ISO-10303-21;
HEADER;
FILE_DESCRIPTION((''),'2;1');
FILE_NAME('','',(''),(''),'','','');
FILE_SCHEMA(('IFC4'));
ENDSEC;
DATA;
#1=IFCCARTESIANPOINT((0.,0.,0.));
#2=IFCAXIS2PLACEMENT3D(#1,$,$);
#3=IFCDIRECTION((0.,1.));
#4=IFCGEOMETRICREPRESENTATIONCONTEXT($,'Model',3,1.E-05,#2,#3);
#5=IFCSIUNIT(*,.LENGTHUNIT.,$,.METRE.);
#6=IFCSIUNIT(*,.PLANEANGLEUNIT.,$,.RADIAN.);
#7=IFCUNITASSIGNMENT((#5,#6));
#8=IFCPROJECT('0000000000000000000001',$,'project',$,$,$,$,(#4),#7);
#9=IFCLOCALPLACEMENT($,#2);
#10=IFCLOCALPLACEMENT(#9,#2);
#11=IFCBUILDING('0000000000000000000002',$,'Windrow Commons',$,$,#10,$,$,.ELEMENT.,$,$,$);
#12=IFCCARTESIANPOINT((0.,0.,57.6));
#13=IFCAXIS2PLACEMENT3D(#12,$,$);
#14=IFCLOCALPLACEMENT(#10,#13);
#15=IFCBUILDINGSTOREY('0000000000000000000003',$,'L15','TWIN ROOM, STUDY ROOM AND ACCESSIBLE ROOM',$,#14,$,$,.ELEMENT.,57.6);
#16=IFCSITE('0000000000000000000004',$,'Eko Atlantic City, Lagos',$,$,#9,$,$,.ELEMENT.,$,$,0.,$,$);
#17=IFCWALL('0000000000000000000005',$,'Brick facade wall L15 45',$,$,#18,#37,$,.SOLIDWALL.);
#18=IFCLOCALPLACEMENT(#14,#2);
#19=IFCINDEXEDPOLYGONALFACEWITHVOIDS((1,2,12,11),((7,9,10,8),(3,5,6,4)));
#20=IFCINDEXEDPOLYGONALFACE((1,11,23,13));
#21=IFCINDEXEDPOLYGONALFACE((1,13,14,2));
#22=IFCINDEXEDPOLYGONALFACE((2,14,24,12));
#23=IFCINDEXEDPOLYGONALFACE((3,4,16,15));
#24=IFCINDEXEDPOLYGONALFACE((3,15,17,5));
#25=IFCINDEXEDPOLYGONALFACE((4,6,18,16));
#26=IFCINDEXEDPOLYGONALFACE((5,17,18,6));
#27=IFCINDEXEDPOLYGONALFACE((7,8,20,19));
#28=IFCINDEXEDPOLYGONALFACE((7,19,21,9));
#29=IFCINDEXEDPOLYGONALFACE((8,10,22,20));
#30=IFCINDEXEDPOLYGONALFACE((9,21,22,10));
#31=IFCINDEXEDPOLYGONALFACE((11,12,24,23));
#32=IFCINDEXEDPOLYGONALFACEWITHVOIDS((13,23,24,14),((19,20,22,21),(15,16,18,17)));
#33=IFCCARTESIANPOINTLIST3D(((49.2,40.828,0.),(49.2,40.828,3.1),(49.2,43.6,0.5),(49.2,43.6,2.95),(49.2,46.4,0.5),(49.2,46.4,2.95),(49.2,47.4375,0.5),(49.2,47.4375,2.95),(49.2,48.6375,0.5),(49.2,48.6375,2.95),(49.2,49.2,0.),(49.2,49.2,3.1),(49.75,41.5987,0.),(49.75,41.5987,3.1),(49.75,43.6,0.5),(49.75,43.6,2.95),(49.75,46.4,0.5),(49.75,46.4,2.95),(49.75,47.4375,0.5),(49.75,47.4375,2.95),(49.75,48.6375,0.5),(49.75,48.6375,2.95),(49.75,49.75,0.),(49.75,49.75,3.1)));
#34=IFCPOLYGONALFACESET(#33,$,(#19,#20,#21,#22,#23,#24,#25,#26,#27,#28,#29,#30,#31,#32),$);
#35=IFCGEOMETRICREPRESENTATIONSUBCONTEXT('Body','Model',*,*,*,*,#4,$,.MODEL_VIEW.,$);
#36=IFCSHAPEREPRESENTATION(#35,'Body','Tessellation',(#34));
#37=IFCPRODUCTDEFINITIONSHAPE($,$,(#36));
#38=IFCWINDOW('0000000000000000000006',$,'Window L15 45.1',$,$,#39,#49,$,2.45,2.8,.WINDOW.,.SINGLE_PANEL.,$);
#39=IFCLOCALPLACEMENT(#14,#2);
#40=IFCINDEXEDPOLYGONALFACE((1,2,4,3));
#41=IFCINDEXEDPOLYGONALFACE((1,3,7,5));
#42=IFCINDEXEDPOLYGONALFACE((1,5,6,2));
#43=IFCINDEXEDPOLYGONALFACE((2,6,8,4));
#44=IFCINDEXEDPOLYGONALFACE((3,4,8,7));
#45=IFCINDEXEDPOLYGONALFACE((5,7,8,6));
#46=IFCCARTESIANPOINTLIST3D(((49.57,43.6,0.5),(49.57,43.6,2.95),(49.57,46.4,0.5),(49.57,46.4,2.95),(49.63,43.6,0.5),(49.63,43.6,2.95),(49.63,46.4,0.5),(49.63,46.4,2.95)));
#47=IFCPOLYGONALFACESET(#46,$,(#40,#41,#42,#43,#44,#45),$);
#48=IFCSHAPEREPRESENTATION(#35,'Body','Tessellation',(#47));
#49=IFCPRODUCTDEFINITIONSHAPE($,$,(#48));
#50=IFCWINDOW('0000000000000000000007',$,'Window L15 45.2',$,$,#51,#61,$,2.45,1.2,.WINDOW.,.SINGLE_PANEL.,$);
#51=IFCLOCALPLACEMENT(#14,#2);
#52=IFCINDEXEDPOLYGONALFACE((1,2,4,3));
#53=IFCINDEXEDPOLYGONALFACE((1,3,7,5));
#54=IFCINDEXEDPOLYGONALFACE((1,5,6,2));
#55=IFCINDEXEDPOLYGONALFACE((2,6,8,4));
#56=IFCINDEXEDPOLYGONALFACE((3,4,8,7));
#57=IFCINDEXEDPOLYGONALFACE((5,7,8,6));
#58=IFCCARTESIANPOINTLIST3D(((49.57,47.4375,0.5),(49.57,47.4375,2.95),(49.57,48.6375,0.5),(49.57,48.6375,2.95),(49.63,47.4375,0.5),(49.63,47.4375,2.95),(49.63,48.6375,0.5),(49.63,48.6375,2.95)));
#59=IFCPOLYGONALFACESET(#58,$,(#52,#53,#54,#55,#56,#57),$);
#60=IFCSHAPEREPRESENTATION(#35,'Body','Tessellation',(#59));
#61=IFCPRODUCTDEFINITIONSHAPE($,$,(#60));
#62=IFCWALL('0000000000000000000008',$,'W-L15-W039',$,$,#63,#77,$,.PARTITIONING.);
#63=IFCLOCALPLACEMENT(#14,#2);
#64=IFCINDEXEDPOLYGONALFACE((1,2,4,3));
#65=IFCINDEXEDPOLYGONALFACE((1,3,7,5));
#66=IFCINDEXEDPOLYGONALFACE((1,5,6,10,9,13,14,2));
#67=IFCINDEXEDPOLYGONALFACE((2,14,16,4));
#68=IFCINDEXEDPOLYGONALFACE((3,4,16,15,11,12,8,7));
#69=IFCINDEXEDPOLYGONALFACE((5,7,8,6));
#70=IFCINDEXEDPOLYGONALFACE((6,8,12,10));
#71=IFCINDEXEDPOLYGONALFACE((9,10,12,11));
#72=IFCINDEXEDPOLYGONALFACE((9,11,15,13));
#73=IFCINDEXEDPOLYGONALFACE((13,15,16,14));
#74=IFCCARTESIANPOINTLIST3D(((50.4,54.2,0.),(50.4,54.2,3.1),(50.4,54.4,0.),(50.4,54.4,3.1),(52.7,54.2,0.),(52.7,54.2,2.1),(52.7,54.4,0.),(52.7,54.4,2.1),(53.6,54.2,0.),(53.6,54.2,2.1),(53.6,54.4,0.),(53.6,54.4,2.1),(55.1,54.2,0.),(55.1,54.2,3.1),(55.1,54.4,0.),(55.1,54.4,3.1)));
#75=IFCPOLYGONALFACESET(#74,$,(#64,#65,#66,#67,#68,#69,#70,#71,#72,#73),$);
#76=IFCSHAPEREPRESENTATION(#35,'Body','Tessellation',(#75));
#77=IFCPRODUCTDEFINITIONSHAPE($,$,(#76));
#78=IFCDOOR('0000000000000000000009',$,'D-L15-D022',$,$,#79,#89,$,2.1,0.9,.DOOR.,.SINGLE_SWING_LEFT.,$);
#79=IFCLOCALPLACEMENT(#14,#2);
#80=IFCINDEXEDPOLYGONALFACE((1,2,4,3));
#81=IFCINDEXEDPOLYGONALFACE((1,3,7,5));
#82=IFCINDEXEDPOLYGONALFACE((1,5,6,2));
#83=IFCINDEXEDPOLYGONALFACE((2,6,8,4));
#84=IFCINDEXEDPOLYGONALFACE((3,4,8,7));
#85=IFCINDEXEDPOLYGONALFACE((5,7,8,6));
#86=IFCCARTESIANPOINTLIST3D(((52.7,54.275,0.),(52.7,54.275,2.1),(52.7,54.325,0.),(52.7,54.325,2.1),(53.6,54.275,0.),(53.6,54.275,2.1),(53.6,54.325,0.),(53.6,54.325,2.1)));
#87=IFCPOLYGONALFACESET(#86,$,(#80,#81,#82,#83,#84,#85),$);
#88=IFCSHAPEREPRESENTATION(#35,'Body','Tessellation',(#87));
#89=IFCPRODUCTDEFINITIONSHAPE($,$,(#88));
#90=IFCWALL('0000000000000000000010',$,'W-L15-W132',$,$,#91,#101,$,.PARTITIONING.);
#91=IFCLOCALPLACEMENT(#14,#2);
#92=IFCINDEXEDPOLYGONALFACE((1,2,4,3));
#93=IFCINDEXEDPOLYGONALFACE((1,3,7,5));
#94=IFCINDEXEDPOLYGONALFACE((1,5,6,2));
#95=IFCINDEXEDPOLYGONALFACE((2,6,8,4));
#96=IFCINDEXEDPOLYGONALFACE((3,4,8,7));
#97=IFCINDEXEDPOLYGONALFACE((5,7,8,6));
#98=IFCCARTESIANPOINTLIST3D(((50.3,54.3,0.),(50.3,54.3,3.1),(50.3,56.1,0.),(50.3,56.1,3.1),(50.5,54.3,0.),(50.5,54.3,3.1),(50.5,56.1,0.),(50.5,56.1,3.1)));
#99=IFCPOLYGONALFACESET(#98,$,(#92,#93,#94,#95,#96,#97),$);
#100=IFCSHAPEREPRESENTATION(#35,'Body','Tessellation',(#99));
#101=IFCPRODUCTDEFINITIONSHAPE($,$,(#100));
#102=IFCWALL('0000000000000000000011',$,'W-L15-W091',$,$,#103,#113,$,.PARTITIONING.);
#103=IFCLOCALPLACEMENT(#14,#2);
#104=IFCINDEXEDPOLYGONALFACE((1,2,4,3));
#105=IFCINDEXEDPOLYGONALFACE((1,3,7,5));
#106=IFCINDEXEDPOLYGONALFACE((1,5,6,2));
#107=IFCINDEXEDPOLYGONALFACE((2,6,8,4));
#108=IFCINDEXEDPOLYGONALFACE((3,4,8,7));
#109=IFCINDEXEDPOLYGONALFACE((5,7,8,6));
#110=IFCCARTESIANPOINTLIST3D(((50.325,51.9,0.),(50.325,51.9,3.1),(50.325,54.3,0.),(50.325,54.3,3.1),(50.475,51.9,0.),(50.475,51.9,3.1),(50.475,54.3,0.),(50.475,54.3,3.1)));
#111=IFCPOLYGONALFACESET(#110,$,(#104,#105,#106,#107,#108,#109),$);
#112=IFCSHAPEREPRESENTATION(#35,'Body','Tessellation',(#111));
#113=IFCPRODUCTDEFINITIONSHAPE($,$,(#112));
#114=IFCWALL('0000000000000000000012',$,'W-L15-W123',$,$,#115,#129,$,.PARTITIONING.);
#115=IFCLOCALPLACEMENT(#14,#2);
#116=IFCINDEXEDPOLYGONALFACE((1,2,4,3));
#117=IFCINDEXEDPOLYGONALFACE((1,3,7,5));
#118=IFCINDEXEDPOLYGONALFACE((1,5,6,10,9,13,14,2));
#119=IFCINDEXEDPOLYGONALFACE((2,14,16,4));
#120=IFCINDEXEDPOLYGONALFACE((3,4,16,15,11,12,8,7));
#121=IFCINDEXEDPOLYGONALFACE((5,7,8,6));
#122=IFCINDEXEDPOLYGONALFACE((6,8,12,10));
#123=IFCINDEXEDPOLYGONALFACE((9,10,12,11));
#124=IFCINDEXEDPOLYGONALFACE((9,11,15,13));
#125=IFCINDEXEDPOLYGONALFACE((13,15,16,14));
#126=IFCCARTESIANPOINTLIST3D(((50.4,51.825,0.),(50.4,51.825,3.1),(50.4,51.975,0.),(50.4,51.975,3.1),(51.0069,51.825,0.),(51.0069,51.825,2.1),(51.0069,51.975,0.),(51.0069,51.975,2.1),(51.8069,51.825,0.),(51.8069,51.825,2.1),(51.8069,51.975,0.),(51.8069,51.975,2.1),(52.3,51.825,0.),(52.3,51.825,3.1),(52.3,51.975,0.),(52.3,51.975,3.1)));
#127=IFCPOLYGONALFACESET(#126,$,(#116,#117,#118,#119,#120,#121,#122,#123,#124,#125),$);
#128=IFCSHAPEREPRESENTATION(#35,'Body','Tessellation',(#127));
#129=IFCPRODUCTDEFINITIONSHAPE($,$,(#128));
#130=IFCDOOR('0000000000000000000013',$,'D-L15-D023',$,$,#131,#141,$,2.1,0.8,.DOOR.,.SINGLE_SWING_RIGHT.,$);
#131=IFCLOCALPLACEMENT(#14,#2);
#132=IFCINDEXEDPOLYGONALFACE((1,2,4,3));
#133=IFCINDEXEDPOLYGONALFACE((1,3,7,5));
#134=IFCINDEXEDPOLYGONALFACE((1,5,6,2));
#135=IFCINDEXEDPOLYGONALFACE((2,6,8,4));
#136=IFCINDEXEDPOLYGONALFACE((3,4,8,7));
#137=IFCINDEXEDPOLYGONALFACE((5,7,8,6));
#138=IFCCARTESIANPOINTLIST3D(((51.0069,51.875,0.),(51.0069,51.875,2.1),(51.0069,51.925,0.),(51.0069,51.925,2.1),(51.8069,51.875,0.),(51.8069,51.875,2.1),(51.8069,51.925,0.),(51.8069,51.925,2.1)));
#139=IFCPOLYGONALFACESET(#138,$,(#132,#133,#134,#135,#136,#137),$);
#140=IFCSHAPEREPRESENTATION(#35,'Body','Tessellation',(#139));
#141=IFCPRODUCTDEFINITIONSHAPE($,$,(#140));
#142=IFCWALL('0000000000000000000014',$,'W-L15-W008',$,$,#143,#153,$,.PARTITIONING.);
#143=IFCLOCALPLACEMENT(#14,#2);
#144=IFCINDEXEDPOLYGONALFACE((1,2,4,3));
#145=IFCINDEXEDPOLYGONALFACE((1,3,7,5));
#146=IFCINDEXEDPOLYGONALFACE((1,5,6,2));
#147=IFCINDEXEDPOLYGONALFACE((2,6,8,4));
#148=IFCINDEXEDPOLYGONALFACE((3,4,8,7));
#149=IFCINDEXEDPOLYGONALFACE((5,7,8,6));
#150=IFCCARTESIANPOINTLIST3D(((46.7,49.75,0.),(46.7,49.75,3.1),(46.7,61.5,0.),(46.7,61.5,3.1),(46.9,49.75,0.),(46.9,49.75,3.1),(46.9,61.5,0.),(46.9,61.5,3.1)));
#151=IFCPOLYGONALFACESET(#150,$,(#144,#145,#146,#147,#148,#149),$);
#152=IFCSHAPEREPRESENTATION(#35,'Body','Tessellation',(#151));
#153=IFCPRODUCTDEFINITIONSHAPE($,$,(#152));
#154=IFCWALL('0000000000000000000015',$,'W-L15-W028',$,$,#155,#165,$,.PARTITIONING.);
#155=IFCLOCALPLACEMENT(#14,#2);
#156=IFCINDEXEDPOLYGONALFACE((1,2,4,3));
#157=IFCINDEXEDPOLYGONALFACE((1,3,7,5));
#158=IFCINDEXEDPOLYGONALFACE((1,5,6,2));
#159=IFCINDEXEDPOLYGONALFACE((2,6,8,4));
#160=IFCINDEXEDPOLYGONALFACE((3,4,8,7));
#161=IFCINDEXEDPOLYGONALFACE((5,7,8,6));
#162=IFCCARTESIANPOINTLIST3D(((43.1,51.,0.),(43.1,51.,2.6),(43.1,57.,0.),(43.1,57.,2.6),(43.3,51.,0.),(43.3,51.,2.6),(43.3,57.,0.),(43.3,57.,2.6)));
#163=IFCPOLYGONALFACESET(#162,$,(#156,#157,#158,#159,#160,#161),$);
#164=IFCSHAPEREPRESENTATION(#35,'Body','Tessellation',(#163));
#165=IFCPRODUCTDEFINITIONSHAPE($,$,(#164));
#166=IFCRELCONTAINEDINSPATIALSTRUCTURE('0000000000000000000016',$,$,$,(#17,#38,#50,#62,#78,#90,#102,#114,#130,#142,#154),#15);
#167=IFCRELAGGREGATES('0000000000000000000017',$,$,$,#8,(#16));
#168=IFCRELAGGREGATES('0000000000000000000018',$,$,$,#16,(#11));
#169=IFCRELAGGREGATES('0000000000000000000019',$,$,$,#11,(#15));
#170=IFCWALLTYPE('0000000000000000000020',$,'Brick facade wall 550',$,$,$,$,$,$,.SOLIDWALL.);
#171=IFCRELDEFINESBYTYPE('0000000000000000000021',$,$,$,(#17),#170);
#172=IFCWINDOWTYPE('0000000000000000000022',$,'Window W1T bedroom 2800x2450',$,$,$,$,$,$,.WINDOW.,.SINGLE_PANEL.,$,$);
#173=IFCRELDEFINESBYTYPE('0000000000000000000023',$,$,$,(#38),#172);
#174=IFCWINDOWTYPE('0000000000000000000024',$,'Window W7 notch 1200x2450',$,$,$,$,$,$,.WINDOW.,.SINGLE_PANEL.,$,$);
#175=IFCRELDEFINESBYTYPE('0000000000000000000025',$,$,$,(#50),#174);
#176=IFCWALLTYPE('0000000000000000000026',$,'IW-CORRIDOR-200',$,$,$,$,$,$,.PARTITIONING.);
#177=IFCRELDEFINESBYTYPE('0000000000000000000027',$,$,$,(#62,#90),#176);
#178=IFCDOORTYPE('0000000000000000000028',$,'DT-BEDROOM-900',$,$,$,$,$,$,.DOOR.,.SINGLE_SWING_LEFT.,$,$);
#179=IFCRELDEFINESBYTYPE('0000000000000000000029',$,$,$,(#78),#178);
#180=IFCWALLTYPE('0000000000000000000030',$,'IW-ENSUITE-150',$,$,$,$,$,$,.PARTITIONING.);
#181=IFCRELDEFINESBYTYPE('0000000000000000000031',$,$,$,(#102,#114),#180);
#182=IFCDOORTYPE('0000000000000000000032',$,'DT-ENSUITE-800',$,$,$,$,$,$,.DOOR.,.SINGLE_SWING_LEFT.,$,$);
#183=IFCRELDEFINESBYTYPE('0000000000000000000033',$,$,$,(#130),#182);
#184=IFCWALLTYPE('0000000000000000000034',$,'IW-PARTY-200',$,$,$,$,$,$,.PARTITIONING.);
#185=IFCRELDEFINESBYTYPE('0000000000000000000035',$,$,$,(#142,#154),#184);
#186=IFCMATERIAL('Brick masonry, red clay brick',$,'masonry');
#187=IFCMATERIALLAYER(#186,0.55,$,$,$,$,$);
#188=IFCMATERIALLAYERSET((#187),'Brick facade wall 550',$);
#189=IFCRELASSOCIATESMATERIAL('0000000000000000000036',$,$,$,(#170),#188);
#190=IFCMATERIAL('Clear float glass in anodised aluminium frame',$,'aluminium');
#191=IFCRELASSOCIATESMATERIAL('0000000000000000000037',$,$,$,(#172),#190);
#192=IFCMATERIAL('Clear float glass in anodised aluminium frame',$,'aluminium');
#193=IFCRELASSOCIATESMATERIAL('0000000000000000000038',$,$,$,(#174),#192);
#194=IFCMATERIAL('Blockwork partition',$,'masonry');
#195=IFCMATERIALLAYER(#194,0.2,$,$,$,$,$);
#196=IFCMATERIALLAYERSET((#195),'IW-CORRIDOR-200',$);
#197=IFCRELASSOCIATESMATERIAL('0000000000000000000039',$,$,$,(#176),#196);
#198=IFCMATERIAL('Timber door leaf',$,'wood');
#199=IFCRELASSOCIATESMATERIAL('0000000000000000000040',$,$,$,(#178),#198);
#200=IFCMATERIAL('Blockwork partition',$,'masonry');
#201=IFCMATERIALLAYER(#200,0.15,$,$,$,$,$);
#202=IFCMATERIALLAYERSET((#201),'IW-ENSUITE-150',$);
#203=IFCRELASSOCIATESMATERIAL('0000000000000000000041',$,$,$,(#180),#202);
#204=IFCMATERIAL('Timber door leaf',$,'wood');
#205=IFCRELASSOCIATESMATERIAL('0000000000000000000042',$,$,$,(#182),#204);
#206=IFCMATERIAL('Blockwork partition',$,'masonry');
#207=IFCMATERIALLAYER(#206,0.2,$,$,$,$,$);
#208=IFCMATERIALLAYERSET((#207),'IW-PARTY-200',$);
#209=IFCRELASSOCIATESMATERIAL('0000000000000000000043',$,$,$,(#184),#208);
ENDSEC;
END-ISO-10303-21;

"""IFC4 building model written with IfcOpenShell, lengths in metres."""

from ifc_helpers import new_model, si_unit, direction, frame, frame_2d, origin, place, context, subcontext, project, spatial, polyline, rectangle, outline, extrude, material, layer, layer_set, type_object, element, fill, save


model = new_model("IFC4")

# Units and contexts
model_context = context("Model", 3, precision=1e-05, world=origin(), true_north=direction((0.0, 1.0)))
body_context = subcontext(model_context, "Body", "Model", "MODEL_VIEW")
ifc_project = project(units=[si_unit("LENGTHUNIT", "METRE"), si_unit("PLANEANGLEUNIT", "RADIAN")], contexts=[model_context])

# Site, building, storey
site_placement = place(None, origin())
site = spatial("IfcSite", under=ifc_project, at=site_placement, Name="Eko Atlantic City, Lagos", CompositionType="ELEMENT", RefElevation=0.0)
building_placement = place(site_placement, origin())
building = spatial("IfcBuilding", under=site, at=building_placement, Name="Windrow Commons", CompositionType="ELEMENT")
storey_placement = place(building_placement, frame((0.0, 0.0, 57.6)))
storey = spatial("IfcBuildingStorey", under=building, at=storey_placement, Name="L15", Description="TWIN ROOM, STUDY ROOM AND ACCESSIBLE ROOM", CompositionType="ELEMENT", Elevation=57.6)

# Wall, openings, windows
ifc_material_1 = material(Name="Brick masonry, red clay brick", Category="masonry")
ifc_layer_1 = layer(ifc_material_1, 0.55)
ifc_layer_set_1 = layer_set([ifc_layer_1], Name="Brick facade wall 550")
wall_type_1 = type_object("IfcWallType", Name="Brick facade wall 550", PredefinedType="SOLIDWALL", material=ifc_layer_set_1)
ifc_material_2 = material(Name="Clear float glass in anodised aluminium frame", Category="aluminium")
window_type_1 = type_object("IfcWindowType", Name="Window W1T bedroom 2800x2450", PartitioningType="SINGLE_PANEL", PredefinedType="WINDOW", material=ifc_material_2)
ifc_material_3 = material(Name="Clear float glass in anodised aluminium frame", Category="aluminium")
window_type_2 = type_object("IfcWindowType", Name="Window W7 notch 1200x2450", PartitioningType="SINGLE_PANEL", PredefinedType="WINDOW", material=ifc_material_3)
wall_1_placement = place(storey_placement, frame((49.475, 49.475, 0.0), z_axis=(0.0, 0.0, 1.0), x_axis=(0.0, -1.0, 0.0)))
wall_1 = element("IfcWall", 1, at=wall_1_placement, inside=storey, type_object=wall_type_1, Name="Brick facade wall L15 45", PredefinedType="SOLIDWALL", context=body_context, shape_type="SweptSolid", body=[
    extrude(outline(polyline([(0.275, -0.275), (8.647, -0.275), (7.8763, 0.275), (-0.275, 0.275), (0.275, -0.275)])), origin(), (0.0, 0.0, 1.0), 3.1),
])
opening_1_placement = place(wall_1_placement, frame((3.075, 0.0, 0.5)))
opening_1 = element("IfcOpeningElement", 2, at=opening_1_placement, cuts=wall_1, PredefinedType="OPENING", context=body_context, shape_type="SweptSolid", body=[
    extrude(rectangle(XDim=2.8, YDim=2.45, at=frame_2d((1.4, 1.225))), frame((0.0, 0.285, 0.0), z_axis=(0.0, -1.0, 0.0), x_axis=(1.0, 0.0, 0.0)), (0.0, 0.0, 1.0), 0.57),
])
opening_2_placement = place(wall_1_placement, frame((0.8375, 0.0, 0.5)))
opening_2 = element("IfcOpeningElement", 3, at=opening_2_placement, cuts=wall_1, PredefinedType="OPENING", context=body_context, shape_type="SweptSolid", body=[
    extrude(rectangle(XDim=1.2, YDim=2.45, at=frame_2d((0.6, 1.225))), frame((0.0, 0.285, 0.0), z_axis=(0.0, -1.0, 0.0), x_axis=(1.0, 0.0, 0.0)), (0.0, 0.0, 1.0), 0.57),
])
window_1_placement = place(opening_1_placement, origin())
window_1 = element("IfcWindow", 4, at=window_1_placement, inside=storey, type_object=window_type_1, Name="Window L15 45.1", OverallHeight=2.45, OverallWidth=2.8, PartitioningType="SINGLE_PANEL", PredefinedType="WINDOW", context=body_context, shape_type="SweptSolid", body=[
    extrude(rectangle(XDim=2.8, YDim=2.45, at=frame_2d((1.4, 1.225))), frame((0.0, 0.155, 0.0), z_axis=(0.0, -1.0, 0.0), x_axis=(1.0, 0.0, 0.0)), (0.0, 0.0, 1.0), 0.06),
])
fill(opening_1, window_1)
window_2_placement = place(opening_2_placement, origin())
window_2 = element("IfcWindow", 5, at=window_2_placement, inside=storey, type_object=window_type_2, Name="Window L15 45.2", OverallHeight=2.45, OverallWidth=1.2, PartitioningType="SINGLE_PANEL", PredefinedType="WINDOW", context=body_context, shape_type="SweptSolid", body=[
    extrude(rectangle(XDim=1.2, YDim=2.45, at=frame_2d((0.6, 1.225))), frame((0.0, 0.155, 0.0), z_axis=(0.0, -1.0, 0.0), x_axis=(1.0, 0.0, 0.0)), (0.0, 0.0, 1.0), 0.06),
])
fill(opening_2, window_2)

# Wall, opening, door
ifc_material_4 = material(Name="Blockwork partition", Category="masonry")
ifc_layer_2 = layer(ifc_material_4, 0.2)
ifc_layer_set_2 = layer_set([ifc_layer_2], Name="IW-CORRIDOR-200")
wall_type_2 = type_object("IfcWallType", Name="IW-CORRIDOR-200", PredefinedType="PARTITIONING", material=ifc_layer_set_2)
wall_2_placement = place(storey_placement, frame((50.4, 54.3, 0.0), z_axis=(0.0, 0.0, 1.0), x_axis=(1.0, 0.0, 0.0)))
wall_2 = element("IfcWall", 6, at=wall_2_placement, inside=storey, type_object=wall_type_2, Name="W-L15-W039", PredefinedType="PARTITIONING", context=body_context, shape_type="SweptSolid", body=[
    extrude(rectangle(XDim=4.7, YDim=0.2, at=frame_2d((2.35, 0.0))), origin(), (0.0, 0.0, 1.0), 3.1),
])
opening_3_placement = place(wall_2_placement, frame((2.3, 0.0, 0.0)))
opening_3 = element("IfcOpeningElement", 7, at=opening_3_placement, cuts=wall_2, PredefinedType="OPENING", context=body_context, shape_type="SweptSolid", body=[
    extrude(rectangle(XDim=0.9, YDim=2.1, at=frame_2d((0.45, 1.05))), frame((0.0, 0.11, 0.0), z_axis=(0.0, -1.0, 0.0), x_axis=(1.0, 0.0, 0.0)), (0.0, 0.0, 1.0), 0.22),
])
ifc_material_5 = material(Name="Timber door leaf", Category="wood")
door_type_1 = type_object("IfcDoorType", Name="DT-BEDROOM-900", OperationType="SINGLE_SWING_LEFT", PredefinedType="DOOR", material=ifc_material_5)
door_1_placement = place(opening_3_placement, origin())
door_1 = element("IfcDoor", 8, at=door_1_placement, inside=storey, type_object=door_type_1, Name="D-L15-D022", OperationType="SINGLE_SWING_LEFT", OverallHeight=2.1, OverallWidth=0.9, PredefinedType="DOOR", context=body_context, shape_type="SweptSolid", body=[
    extrude(rectangle(XDim=0.9, YDim=2.1, at=frame_2d((0.45, 1.05))), frame((0.0, 0.025, 0.0), z_axis=(0.0, -1.0, 0.0), x_axis=(1.0, 0.0, 0.0)), (0.0, 0.0, 1.0), 0.05),
])
fill(opening_3, door_1)

# Walls
wall_3_placement = place(storey_placement, frame((50.4, 54.3, 0.0), z_axis=(0.0, 0.0, 1.0), x_axis=(0.0, 1.0, 0.0)))
element("IfcWall", 9, at=wall_3_placement, inside=storey, type_object=wall_type_2, Name="W-L15-W132", PredefinedType="PARTITIONING", context=body_context, shape_type="SweptSolid", body=[
    extrude(rectangle(XDim=1.8, YDim=0.2, at=frame_2d((0.9, 0.0))), origin(), (0.0, 0.0, 1.0), 3.1),
])
ifc_material_6 = material(Name="Blockwork partition", Category="masonry")
ifc_layer_3 = layer(ifc_material_6, 0.15)
ifc_layer_set_3 = layer_set([ifc_layer_3], Name="IW-ENSUITE-150")
wall_type_3 = type_object("IfcWallType", Name="IW-ENSUITE-150", PredefinedType="PARTITIONING", material=ifc_layer_set_3)
wall_4_placement = place(storey_placement, frame((50.4, 51.9, 0.0), z_axis=(0.0, 0.0, 1.0), x_axis=(0.0, 1.0, 0.0)))
element("IfcWall", 10, at=wall_4_placement, inside=storey, type_object=wall_type_3, Name="W-L15-W091", PredefinedType="PARTITIONING", context=body_context, shape_type="SweptSolid", body=[
    extrude(rectangle(XDim=2.4, YDim=0.15, at=frame_2d((1.2, 0.0))), origin(), (0.0, 0.0, 1.0), 3.1),
])

# Wall, opening, door
wall_5_placement = place(storey_placement, frame((50.4, 51.9, 0.0), z_axis=(0.0, 0.0, 1.0), x_axis=(1.0, 0.0, 0.0)))
wall_5 = element("IfcWall", 11, at=wall_5_placement, inside=storey, type_object=wall_type_3, Name="W-L15-W123", PredefinedType="PARTITIONING", context=body_context, shape_type="SweptSolid", body=[
    extrude(rectangle(XDim=1.9, YDim=0.15, at=frame_2d((0.95, 0.0))), origin(), (0.0, 0.0, 1.0), 3.1),
])
opening_4_placement = place(wall_5_placement, frame((0.6069, 0.0, 0.0)))
opening_4 = element("IfcOpeningElement", 12, at=opening_4_placement, cuts=wall_5, PredefinedType="OPENING", context=body_context, shape_type="SweptSolid", body=[
    extrude(rectangle(XDim=0.8, YDim=2.1, at=frame_2d((0.4, 1.05))), frame((0.0, 0.085, 0.0), z_axis=(0.0, -1.0, 0.0), x_axis=(1.0, 0.0, 0.0)), (0.0, 0.0, 1.0), 0.17),
])
ifc_material_7 = material(Name="Timber door leaf", Category="wood")
door_type_2 = type_object("IfcDoorType", Name="DT-ENSUITE-800", OperationType="SINGLE_SWING_LEFT", PredefinedType="DOOR", material=ifc_material_7)
door_2_placement = place(opening_4_placement, origin())
door_2 = element("IfcDoor", 13, at=door_2_placement, inside=storey, type_object=door_type_2, Name="D-L15-D023", OperationType="SINGLE_SWING_RIGHT", OverallHeight=2.1, OverallWidth=0.8, PredefinedType="DOOR", context=body_context, shape_type="SweptSolid", body=[
    extrude(rectangle(XDim=0.8, YDim=2.1, at=frame_2d((0.4, 1.05))), frame((0.0, 0.025, 0.0), z_axis=(0.0, -1.0, 0.0), x_axis=(1.0, 0.0, 0.0)), (0.0, 0.0, 1.0), 0.05),
])
fill(opening_4, door_2)

# Walls
ifc_material_8 = material(Name="Blockwork partition", Category="masonry")
ifc_layer_4 = layer(ifc_material_8, 0.2)
ifc_layer_set_4 = layer_set([ifc_layer_4], Name="IW-PARTY-200")
wall_type_4 = type_object("IfcWallType", Name="IW-PARTY-200", PredefinedType="PARTITIONING", material=ifc_layer_set_4)
wall_6_placement = place(storey_placement, frame((46.8, 49.75, 0.0), z_axis=(0.0, 0.0, 1.0), x_axis=(0.0, 1.0, 0.0)))
element("IfcWall", 14, at=wall_6_placement, inside=storey, type_object=wall_type_4, Name="W-L15-W008", PredefinedType="PARTITIONING", context=body_context, shape_type="SweptSolid", body=[
    extrude(rectangle(XDim=11.75, YDim=0.2, at=frame_2d((5.875, 0.0))), origin(), (0.0, 0.0, 1.0), 3.1),
])
wall_7_placement = place(storey_placement, frame((43.2, 51.0, 0.0), z_axis=(0.0, 0.0, 1.0), x_axis=(0.0, 1.0, 0.0)))
element("IfcWall", 15, at=wall_7_placement, inside=storey, type_object=wall_type_4, Name="W-L15-W028", PredefinedType="PARTITIONING", context=body_context, shape_type="SweptSolid", body=[
    extrude(rectangle(XDim=6.0, YDim=0.2, at=frame_2d((3.0, 0.0))), origin(), (0.0, 0.0, 1.0), 2.6),
])

save(model, "model.ifc")
